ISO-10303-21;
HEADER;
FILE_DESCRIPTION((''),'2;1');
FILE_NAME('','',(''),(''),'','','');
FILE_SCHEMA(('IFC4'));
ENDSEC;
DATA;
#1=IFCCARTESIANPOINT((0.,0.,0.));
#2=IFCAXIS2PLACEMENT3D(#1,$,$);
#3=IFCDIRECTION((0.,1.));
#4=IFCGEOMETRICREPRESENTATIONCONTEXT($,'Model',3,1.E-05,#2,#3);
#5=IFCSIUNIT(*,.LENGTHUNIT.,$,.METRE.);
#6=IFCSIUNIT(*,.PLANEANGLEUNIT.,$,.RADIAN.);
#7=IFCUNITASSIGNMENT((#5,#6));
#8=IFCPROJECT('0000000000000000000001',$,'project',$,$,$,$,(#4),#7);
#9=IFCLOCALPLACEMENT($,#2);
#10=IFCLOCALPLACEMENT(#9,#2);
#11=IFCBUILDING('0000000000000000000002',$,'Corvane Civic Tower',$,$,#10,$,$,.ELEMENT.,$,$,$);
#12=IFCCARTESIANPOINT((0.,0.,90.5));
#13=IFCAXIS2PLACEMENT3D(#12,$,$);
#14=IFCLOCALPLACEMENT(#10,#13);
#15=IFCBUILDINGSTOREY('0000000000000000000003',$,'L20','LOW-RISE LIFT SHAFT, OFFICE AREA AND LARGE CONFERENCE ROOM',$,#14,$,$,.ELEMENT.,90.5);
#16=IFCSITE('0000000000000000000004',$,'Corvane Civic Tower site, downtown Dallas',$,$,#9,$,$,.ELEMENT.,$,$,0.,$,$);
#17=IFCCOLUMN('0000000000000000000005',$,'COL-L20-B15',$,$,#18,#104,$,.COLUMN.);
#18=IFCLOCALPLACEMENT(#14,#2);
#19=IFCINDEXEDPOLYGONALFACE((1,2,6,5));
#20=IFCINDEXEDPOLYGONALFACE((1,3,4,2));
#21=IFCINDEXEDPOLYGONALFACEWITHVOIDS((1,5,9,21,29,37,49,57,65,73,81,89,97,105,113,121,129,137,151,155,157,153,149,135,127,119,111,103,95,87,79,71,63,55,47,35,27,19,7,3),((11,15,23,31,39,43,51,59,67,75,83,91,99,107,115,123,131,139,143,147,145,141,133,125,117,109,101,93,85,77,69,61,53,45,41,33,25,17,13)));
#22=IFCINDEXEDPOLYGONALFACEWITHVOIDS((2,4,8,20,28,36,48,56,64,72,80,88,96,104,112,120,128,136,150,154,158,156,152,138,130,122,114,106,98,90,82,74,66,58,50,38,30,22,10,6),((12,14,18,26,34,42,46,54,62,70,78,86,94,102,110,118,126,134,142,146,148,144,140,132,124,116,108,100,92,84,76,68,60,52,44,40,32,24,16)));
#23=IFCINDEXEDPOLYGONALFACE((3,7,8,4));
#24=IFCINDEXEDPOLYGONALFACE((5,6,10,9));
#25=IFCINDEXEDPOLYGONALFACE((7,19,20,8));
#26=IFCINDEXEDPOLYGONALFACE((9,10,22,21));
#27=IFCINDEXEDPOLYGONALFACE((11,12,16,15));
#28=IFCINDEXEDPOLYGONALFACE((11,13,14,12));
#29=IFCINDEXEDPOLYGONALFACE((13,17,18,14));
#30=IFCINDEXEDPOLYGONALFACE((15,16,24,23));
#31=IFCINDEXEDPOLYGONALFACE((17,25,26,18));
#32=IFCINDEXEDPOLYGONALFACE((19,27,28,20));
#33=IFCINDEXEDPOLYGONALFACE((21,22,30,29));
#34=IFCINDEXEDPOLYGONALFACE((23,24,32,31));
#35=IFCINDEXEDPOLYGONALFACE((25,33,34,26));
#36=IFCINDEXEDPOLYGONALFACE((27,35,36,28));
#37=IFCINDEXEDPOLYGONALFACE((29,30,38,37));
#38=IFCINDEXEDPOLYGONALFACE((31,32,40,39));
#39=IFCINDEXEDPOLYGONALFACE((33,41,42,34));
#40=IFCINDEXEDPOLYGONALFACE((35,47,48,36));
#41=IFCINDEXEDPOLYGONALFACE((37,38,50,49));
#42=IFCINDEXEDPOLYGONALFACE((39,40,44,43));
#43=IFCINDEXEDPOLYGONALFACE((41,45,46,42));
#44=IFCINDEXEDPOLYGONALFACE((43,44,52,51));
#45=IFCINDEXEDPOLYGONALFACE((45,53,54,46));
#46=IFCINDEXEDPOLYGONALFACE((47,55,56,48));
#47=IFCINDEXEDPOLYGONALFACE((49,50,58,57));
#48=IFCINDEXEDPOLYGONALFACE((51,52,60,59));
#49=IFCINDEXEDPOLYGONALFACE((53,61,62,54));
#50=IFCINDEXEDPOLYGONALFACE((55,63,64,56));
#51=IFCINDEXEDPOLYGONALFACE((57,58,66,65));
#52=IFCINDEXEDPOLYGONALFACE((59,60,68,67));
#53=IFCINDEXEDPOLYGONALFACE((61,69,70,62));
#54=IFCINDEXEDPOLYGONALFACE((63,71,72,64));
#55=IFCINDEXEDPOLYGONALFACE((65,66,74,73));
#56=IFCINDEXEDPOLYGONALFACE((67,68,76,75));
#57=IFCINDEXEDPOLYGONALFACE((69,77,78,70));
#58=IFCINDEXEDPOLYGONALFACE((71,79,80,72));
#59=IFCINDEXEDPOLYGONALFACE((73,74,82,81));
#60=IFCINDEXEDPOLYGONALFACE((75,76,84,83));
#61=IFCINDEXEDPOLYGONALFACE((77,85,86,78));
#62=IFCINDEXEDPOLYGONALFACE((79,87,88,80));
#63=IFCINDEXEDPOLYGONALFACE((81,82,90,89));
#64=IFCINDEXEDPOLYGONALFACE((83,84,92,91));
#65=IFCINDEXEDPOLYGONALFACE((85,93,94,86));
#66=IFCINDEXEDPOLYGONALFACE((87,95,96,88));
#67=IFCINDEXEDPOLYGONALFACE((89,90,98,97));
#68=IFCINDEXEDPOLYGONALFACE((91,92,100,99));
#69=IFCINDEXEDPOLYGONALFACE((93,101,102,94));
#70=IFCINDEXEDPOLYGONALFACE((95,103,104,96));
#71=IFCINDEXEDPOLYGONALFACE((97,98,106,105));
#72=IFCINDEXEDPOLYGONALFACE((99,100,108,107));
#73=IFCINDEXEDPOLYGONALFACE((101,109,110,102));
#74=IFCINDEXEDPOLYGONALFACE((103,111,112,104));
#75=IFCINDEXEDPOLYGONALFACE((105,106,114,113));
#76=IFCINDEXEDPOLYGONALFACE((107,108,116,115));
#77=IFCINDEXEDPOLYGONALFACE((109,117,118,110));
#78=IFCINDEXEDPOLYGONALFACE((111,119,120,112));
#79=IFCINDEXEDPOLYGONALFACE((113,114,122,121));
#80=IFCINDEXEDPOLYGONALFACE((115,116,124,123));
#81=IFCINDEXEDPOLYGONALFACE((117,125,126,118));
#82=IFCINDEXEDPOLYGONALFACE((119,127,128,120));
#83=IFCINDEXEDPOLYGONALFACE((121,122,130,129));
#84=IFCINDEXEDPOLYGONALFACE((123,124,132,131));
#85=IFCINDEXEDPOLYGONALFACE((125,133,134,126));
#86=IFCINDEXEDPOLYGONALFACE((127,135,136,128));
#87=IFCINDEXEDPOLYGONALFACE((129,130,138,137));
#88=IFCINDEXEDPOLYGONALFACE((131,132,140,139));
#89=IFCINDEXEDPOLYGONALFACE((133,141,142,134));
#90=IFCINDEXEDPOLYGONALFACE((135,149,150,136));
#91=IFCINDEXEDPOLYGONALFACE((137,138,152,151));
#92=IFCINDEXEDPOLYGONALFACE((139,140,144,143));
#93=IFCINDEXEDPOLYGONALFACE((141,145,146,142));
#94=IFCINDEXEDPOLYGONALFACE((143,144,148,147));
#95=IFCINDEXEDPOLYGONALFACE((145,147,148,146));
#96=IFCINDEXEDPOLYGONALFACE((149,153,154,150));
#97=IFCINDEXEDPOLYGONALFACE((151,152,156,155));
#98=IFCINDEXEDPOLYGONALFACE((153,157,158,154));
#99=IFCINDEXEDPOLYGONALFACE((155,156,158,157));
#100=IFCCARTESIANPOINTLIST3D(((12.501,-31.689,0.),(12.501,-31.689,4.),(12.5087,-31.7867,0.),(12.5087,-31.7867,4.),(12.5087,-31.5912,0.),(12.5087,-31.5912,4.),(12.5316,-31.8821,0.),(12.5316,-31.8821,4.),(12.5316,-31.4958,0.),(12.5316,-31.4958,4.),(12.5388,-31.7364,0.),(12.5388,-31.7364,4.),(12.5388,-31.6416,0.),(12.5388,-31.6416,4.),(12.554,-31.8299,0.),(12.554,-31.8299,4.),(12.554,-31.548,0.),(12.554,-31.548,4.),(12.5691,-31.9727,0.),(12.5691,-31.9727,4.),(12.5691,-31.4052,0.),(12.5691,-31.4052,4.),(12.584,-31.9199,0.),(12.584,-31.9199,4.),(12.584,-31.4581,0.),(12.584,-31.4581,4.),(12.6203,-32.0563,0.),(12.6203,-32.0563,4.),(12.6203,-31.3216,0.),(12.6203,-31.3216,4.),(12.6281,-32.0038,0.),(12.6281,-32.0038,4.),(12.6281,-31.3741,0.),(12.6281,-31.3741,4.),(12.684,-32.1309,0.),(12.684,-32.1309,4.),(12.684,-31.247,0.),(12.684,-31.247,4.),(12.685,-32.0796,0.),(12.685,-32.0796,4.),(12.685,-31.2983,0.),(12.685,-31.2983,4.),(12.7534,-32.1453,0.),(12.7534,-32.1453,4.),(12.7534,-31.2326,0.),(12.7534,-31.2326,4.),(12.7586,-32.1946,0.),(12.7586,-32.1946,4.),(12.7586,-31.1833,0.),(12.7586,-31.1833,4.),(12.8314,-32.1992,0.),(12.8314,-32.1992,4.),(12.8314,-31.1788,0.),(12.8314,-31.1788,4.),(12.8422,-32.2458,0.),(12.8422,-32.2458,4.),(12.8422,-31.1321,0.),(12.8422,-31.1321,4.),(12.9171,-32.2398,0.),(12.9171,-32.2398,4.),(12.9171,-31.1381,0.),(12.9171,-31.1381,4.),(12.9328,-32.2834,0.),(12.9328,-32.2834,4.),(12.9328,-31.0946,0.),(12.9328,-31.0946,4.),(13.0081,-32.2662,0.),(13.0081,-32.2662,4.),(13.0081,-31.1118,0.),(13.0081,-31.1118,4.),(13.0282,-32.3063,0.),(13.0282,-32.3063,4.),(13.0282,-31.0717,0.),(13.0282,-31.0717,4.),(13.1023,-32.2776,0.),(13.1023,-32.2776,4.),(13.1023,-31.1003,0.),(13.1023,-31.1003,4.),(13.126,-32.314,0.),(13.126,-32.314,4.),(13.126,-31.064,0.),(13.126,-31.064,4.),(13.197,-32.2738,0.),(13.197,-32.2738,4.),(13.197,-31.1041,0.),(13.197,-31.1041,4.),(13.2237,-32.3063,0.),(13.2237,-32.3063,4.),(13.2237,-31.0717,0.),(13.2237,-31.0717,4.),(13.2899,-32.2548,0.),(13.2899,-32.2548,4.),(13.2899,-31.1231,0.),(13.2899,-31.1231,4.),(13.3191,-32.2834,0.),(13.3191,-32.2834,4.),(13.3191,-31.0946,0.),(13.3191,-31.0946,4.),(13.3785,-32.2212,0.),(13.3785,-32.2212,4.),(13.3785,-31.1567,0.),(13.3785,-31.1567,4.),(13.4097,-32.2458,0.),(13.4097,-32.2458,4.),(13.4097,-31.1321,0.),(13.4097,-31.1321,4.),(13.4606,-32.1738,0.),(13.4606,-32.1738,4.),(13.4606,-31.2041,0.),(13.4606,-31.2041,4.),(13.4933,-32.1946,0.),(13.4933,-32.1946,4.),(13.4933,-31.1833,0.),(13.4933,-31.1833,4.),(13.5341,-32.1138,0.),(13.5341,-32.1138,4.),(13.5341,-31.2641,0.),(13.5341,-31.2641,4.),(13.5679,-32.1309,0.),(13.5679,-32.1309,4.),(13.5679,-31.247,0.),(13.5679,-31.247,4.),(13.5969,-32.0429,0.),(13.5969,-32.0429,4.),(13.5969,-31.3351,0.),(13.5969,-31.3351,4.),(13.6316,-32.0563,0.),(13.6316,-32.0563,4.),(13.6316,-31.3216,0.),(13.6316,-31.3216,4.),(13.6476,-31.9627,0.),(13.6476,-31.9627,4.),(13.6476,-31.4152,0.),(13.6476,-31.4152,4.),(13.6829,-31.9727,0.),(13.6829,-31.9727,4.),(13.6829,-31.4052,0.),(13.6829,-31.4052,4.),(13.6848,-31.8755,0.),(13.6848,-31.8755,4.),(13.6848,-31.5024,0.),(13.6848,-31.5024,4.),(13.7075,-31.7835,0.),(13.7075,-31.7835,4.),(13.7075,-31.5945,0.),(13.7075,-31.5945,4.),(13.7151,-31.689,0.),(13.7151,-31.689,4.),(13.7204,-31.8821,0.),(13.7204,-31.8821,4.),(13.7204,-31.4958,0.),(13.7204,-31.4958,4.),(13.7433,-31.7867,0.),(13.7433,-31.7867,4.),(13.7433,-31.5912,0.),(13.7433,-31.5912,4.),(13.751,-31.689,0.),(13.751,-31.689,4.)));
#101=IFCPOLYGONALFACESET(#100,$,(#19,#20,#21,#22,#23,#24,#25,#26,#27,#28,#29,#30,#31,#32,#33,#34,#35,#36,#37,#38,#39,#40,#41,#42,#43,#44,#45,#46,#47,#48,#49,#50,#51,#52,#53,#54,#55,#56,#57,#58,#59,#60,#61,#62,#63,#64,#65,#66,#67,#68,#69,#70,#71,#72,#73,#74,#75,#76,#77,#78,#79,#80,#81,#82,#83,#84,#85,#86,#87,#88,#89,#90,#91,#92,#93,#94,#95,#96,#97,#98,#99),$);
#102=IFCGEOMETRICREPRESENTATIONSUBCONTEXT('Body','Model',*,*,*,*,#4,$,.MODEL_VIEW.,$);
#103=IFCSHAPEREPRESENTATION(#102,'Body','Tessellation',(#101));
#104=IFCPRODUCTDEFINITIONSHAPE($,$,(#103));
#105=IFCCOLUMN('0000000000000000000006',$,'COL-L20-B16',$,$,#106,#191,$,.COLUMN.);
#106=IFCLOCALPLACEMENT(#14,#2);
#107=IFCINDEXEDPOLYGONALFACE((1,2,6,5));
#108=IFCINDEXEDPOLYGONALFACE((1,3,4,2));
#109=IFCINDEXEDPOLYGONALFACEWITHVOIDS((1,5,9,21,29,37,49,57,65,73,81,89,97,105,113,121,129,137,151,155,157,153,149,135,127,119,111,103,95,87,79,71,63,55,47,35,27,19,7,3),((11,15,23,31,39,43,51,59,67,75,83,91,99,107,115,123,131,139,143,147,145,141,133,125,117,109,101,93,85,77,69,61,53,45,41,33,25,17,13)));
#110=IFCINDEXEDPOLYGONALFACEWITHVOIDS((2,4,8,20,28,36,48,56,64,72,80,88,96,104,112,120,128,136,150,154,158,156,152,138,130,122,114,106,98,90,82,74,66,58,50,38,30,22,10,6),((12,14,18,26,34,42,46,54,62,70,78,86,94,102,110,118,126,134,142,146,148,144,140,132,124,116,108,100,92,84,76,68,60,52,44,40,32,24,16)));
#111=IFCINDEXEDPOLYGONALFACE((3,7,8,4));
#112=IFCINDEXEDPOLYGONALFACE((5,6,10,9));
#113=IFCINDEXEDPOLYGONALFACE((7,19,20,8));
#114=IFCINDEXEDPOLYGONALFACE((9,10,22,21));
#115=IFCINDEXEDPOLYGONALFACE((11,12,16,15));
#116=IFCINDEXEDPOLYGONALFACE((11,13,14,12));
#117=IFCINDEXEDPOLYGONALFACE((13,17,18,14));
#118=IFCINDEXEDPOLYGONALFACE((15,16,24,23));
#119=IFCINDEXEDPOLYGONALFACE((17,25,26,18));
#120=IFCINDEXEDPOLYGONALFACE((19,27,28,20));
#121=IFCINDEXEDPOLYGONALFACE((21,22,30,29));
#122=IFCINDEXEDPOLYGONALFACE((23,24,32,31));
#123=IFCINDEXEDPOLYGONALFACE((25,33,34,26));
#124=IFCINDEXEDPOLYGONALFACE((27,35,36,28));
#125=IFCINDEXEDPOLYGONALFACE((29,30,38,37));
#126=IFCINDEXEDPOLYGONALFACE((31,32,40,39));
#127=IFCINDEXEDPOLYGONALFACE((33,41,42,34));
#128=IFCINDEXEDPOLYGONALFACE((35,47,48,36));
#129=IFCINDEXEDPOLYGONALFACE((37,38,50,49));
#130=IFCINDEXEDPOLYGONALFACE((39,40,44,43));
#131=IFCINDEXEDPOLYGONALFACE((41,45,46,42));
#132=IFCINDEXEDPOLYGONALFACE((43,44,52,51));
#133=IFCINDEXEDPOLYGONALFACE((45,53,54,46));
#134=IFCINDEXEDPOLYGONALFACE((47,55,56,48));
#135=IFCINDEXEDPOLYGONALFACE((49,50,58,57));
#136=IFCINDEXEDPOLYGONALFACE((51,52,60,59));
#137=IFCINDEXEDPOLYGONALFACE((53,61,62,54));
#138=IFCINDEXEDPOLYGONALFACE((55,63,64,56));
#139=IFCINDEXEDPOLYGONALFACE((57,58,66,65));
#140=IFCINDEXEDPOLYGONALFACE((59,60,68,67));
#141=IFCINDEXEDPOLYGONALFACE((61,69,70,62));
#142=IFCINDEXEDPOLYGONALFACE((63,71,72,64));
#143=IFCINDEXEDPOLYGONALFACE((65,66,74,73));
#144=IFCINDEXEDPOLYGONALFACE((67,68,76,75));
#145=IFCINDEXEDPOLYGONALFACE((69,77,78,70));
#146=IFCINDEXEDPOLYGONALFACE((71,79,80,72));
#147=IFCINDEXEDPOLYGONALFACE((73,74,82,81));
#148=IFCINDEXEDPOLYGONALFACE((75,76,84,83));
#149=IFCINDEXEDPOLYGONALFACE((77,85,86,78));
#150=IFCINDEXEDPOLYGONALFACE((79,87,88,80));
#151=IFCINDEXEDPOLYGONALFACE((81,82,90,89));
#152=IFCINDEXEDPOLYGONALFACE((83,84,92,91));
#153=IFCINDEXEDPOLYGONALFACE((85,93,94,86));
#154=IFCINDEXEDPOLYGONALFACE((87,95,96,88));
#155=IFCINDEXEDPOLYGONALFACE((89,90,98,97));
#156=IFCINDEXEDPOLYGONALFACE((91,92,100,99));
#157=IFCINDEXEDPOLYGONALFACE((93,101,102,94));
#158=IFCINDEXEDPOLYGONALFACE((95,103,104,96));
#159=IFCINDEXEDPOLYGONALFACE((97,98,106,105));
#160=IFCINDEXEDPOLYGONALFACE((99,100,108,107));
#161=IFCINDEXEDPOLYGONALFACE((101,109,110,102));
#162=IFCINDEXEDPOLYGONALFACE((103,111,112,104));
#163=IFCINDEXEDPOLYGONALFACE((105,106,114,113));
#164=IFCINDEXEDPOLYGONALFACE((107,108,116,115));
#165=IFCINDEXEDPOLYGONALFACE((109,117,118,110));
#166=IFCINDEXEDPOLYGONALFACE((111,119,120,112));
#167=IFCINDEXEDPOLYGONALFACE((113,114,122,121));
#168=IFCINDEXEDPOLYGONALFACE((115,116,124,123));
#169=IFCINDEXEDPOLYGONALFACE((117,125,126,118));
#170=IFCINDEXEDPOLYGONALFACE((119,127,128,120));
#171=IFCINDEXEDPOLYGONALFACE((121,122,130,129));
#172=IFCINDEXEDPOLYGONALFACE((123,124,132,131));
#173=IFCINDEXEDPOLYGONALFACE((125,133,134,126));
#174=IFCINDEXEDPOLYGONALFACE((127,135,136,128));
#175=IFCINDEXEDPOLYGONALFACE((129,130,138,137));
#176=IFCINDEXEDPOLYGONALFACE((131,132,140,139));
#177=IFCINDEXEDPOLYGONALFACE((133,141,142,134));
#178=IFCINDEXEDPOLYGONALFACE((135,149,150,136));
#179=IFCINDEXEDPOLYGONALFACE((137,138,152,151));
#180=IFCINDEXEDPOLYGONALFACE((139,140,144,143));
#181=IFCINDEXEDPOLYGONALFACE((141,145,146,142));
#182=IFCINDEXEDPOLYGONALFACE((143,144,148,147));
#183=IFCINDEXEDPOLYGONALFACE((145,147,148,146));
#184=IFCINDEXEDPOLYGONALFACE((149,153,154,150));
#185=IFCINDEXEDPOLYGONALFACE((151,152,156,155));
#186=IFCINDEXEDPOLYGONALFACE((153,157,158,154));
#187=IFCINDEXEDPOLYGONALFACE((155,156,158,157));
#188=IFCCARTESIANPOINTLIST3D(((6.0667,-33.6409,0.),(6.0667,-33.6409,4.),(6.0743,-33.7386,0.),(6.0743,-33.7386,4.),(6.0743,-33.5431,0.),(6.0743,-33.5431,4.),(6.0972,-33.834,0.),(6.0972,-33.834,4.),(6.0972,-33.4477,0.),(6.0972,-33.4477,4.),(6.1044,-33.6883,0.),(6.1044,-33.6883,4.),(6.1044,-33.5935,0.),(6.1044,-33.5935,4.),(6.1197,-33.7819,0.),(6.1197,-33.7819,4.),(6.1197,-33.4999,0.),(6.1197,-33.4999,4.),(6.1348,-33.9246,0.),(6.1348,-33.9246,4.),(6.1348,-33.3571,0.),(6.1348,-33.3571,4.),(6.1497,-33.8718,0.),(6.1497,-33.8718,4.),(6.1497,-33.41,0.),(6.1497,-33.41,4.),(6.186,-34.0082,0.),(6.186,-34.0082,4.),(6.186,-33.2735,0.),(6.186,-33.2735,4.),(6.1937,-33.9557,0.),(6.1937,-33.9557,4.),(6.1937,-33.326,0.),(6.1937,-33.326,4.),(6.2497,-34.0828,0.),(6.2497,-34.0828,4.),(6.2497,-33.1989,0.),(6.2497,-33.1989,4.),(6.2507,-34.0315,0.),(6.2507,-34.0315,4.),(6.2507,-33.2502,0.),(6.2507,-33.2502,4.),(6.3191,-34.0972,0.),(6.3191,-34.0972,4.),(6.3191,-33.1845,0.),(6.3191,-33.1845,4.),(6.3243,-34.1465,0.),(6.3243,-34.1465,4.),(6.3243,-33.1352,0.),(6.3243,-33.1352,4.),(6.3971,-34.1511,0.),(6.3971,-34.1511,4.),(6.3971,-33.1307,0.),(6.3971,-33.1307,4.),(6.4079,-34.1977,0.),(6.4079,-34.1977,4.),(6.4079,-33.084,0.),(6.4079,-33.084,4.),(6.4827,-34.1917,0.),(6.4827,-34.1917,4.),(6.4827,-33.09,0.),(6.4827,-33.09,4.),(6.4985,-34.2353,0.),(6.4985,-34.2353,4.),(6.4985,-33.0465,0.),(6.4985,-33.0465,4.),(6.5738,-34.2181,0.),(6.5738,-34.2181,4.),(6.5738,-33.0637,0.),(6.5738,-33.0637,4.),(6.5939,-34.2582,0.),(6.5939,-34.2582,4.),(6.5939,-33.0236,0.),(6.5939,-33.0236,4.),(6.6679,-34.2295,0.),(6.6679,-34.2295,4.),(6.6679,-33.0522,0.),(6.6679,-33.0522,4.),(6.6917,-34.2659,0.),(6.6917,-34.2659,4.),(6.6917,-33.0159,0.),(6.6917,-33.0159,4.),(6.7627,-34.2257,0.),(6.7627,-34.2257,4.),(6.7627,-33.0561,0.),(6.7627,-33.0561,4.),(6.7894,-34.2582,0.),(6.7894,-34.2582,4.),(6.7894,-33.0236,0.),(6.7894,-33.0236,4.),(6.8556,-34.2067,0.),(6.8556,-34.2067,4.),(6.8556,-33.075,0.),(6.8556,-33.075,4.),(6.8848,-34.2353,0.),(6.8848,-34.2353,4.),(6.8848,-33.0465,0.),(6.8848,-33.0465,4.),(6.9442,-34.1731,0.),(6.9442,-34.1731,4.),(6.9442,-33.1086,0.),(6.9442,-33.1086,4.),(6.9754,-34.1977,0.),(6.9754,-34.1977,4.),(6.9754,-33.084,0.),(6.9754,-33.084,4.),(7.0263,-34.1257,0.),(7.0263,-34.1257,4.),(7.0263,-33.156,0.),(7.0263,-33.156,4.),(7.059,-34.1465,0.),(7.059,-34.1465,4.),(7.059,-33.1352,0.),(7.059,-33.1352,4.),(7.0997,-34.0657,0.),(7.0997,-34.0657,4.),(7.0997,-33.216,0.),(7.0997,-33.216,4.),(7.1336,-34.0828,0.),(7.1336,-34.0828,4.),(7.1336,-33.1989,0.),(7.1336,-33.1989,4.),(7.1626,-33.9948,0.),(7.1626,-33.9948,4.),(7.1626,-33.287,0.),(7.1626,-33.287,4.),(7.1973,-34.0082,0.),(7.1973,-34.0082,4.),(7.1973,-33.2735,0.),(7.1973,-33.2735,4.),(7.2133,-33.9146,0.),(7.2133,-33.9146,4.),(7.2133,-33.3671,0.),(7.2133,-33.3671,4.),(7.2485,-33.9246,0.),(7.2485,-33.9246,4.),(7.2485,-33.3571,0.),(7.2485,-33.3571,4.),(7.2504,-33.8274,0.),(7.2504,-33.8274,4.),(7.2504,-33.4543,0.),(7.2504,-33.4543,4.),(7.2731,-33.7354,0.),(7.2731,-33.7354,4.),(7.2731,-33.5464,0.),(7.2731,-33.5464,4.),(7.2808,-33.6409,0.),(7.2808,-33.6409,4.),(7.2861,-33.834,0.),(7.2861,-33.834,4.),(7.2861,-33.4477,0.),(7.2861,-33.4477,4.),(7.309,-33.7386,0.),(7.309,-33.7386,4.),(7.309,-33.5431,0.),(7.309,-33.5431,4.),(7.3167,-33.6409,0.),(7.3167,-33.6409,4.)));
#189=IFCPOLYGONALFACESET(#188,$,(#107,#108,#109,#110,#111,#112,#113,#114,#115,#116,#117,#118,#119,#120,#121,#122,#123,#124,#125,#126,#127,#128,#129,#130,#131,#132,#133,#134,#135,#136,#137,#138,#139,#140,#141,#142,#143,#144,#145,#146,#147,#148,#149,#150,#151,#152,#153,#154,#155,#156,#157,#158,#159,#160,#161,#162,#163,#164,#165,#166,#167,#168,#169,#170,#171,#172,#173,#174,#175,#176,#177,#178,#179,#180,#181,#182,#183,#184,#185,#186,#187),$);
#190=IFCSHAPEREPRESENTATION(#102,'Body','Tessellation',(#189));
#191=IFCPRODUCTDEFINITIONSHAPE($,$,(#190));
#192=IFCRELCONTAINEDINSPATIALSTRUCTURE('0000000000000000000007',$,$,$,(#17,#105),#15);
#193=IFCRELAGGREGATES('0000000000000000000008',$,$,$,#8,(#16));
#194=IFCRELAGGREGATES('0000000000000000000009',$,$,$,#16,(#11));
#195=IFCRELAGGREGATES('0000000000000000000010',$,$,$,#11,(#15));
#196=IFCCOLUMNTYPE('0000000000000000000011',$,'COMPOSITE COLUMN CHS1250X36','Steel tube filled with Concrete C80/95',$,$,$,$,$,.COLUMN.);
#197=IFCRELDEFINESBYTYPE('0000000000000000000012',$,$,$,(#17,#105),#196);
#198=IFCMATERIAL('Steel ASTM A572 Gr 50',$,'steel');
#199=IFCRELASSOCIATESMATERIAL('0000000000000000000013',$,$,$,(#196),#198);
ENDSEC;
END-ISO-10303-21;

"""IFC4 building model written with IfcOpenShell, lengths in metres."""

from ifc_helpers import new_model, si_unit, direction, frame, origin, origin_2d, place, context, subcontext, project, spatial, hollow_circle, extrude, material, material_profile, profile_set, type_object, element, save


model = new_model("IFC4")

# Units and contexts
model_context = context("Model", 3, precision=1e-05, world=origin(), true_north=direction((0.0, 1.0)))
body_context = subcontext(model_context, "Body", "Model", "MODEL_VIEW")
ifc_project = project(units=[si_unit("LENGTHUNIT", "METRE"), si_unit("PLANEANGLEUNIT", "RADIAN")], contexts=[model_context])

# Site, building, storey
site_placement = place(None, origin())
site = spatial("IfcSite", under=ifc_project, at=site_placement, Name="Corvane Civic Tower site, downtown Dallas", CompositionType="ELEMENT", RefElevation=0.0)
building_placement = place(site_placement, origin())
building = spatial("IfcBuilding", under=site, at=building_placement, Name="Corvane Civic Tower", CompositionType="ELEMENT")
storey_placement = place(building_placement, frame((0.0, 0.0, 90.5)))
storey = spatial("IfcBuildingStorey", under=building, at=storey_placement, Name="L20", Description="LOW-RISE LIFT SHAFT, OFFICE AREA AND LARGE CONFERENCE ROOM", CompositionType="ELEMENT", Elevation=90.5)

# Columns
ifc_material_1 = material(Name="Steel ASTM A572 Gr 50", Category="steel")
ifc_material_profile_1 = material_profile(ifc_material_1, hollow_circle(Radius=0.625, WallThickness=0.0359, at=origin_2d()), Name="CHS1250X36")
ifc_profile_set_1 = profile_set([ifc_material_profile_1], Name="Steel ASTM A572 Gr 50")
column_type = type_object("IfcColumnType", Name="COMPOSITE COLUMN CHS1250X36", Description="Steel tube filled with Concrete C80/95", PredefinedType="COLUMN", material=ifc_profile_set_1)
for number, where, z_axis, x_axis, name in (
    (1, (13.126, -31.689, 0.0), (0.0, 0.0, 1.0), (1.0, 0.0, 0.0), "COL-L20-B15"),
    (2, (6.6917, -33.6409, 0.0), (0.0, 0.0, 1.0), (1.0, 0.0, 0.0), "COL-L20-B16"),
):
    element("IfcColumn", number, at=place(storey_placement, frame(where, z_axis=z_axis, x_axis=x_axis)), inside=storey, type_object=column_type, Name=name, PredefinedType="COLUMN", context=body_context, shape_type="SweptSolid", body=[
        extrude(hollow_circle(Radius=0.625, WallThickness=0.0359, at=origin_2d()), origin(), (0.0, 0.0, 1.0), 4.0),
    ])

save(model, "model.ifc")
